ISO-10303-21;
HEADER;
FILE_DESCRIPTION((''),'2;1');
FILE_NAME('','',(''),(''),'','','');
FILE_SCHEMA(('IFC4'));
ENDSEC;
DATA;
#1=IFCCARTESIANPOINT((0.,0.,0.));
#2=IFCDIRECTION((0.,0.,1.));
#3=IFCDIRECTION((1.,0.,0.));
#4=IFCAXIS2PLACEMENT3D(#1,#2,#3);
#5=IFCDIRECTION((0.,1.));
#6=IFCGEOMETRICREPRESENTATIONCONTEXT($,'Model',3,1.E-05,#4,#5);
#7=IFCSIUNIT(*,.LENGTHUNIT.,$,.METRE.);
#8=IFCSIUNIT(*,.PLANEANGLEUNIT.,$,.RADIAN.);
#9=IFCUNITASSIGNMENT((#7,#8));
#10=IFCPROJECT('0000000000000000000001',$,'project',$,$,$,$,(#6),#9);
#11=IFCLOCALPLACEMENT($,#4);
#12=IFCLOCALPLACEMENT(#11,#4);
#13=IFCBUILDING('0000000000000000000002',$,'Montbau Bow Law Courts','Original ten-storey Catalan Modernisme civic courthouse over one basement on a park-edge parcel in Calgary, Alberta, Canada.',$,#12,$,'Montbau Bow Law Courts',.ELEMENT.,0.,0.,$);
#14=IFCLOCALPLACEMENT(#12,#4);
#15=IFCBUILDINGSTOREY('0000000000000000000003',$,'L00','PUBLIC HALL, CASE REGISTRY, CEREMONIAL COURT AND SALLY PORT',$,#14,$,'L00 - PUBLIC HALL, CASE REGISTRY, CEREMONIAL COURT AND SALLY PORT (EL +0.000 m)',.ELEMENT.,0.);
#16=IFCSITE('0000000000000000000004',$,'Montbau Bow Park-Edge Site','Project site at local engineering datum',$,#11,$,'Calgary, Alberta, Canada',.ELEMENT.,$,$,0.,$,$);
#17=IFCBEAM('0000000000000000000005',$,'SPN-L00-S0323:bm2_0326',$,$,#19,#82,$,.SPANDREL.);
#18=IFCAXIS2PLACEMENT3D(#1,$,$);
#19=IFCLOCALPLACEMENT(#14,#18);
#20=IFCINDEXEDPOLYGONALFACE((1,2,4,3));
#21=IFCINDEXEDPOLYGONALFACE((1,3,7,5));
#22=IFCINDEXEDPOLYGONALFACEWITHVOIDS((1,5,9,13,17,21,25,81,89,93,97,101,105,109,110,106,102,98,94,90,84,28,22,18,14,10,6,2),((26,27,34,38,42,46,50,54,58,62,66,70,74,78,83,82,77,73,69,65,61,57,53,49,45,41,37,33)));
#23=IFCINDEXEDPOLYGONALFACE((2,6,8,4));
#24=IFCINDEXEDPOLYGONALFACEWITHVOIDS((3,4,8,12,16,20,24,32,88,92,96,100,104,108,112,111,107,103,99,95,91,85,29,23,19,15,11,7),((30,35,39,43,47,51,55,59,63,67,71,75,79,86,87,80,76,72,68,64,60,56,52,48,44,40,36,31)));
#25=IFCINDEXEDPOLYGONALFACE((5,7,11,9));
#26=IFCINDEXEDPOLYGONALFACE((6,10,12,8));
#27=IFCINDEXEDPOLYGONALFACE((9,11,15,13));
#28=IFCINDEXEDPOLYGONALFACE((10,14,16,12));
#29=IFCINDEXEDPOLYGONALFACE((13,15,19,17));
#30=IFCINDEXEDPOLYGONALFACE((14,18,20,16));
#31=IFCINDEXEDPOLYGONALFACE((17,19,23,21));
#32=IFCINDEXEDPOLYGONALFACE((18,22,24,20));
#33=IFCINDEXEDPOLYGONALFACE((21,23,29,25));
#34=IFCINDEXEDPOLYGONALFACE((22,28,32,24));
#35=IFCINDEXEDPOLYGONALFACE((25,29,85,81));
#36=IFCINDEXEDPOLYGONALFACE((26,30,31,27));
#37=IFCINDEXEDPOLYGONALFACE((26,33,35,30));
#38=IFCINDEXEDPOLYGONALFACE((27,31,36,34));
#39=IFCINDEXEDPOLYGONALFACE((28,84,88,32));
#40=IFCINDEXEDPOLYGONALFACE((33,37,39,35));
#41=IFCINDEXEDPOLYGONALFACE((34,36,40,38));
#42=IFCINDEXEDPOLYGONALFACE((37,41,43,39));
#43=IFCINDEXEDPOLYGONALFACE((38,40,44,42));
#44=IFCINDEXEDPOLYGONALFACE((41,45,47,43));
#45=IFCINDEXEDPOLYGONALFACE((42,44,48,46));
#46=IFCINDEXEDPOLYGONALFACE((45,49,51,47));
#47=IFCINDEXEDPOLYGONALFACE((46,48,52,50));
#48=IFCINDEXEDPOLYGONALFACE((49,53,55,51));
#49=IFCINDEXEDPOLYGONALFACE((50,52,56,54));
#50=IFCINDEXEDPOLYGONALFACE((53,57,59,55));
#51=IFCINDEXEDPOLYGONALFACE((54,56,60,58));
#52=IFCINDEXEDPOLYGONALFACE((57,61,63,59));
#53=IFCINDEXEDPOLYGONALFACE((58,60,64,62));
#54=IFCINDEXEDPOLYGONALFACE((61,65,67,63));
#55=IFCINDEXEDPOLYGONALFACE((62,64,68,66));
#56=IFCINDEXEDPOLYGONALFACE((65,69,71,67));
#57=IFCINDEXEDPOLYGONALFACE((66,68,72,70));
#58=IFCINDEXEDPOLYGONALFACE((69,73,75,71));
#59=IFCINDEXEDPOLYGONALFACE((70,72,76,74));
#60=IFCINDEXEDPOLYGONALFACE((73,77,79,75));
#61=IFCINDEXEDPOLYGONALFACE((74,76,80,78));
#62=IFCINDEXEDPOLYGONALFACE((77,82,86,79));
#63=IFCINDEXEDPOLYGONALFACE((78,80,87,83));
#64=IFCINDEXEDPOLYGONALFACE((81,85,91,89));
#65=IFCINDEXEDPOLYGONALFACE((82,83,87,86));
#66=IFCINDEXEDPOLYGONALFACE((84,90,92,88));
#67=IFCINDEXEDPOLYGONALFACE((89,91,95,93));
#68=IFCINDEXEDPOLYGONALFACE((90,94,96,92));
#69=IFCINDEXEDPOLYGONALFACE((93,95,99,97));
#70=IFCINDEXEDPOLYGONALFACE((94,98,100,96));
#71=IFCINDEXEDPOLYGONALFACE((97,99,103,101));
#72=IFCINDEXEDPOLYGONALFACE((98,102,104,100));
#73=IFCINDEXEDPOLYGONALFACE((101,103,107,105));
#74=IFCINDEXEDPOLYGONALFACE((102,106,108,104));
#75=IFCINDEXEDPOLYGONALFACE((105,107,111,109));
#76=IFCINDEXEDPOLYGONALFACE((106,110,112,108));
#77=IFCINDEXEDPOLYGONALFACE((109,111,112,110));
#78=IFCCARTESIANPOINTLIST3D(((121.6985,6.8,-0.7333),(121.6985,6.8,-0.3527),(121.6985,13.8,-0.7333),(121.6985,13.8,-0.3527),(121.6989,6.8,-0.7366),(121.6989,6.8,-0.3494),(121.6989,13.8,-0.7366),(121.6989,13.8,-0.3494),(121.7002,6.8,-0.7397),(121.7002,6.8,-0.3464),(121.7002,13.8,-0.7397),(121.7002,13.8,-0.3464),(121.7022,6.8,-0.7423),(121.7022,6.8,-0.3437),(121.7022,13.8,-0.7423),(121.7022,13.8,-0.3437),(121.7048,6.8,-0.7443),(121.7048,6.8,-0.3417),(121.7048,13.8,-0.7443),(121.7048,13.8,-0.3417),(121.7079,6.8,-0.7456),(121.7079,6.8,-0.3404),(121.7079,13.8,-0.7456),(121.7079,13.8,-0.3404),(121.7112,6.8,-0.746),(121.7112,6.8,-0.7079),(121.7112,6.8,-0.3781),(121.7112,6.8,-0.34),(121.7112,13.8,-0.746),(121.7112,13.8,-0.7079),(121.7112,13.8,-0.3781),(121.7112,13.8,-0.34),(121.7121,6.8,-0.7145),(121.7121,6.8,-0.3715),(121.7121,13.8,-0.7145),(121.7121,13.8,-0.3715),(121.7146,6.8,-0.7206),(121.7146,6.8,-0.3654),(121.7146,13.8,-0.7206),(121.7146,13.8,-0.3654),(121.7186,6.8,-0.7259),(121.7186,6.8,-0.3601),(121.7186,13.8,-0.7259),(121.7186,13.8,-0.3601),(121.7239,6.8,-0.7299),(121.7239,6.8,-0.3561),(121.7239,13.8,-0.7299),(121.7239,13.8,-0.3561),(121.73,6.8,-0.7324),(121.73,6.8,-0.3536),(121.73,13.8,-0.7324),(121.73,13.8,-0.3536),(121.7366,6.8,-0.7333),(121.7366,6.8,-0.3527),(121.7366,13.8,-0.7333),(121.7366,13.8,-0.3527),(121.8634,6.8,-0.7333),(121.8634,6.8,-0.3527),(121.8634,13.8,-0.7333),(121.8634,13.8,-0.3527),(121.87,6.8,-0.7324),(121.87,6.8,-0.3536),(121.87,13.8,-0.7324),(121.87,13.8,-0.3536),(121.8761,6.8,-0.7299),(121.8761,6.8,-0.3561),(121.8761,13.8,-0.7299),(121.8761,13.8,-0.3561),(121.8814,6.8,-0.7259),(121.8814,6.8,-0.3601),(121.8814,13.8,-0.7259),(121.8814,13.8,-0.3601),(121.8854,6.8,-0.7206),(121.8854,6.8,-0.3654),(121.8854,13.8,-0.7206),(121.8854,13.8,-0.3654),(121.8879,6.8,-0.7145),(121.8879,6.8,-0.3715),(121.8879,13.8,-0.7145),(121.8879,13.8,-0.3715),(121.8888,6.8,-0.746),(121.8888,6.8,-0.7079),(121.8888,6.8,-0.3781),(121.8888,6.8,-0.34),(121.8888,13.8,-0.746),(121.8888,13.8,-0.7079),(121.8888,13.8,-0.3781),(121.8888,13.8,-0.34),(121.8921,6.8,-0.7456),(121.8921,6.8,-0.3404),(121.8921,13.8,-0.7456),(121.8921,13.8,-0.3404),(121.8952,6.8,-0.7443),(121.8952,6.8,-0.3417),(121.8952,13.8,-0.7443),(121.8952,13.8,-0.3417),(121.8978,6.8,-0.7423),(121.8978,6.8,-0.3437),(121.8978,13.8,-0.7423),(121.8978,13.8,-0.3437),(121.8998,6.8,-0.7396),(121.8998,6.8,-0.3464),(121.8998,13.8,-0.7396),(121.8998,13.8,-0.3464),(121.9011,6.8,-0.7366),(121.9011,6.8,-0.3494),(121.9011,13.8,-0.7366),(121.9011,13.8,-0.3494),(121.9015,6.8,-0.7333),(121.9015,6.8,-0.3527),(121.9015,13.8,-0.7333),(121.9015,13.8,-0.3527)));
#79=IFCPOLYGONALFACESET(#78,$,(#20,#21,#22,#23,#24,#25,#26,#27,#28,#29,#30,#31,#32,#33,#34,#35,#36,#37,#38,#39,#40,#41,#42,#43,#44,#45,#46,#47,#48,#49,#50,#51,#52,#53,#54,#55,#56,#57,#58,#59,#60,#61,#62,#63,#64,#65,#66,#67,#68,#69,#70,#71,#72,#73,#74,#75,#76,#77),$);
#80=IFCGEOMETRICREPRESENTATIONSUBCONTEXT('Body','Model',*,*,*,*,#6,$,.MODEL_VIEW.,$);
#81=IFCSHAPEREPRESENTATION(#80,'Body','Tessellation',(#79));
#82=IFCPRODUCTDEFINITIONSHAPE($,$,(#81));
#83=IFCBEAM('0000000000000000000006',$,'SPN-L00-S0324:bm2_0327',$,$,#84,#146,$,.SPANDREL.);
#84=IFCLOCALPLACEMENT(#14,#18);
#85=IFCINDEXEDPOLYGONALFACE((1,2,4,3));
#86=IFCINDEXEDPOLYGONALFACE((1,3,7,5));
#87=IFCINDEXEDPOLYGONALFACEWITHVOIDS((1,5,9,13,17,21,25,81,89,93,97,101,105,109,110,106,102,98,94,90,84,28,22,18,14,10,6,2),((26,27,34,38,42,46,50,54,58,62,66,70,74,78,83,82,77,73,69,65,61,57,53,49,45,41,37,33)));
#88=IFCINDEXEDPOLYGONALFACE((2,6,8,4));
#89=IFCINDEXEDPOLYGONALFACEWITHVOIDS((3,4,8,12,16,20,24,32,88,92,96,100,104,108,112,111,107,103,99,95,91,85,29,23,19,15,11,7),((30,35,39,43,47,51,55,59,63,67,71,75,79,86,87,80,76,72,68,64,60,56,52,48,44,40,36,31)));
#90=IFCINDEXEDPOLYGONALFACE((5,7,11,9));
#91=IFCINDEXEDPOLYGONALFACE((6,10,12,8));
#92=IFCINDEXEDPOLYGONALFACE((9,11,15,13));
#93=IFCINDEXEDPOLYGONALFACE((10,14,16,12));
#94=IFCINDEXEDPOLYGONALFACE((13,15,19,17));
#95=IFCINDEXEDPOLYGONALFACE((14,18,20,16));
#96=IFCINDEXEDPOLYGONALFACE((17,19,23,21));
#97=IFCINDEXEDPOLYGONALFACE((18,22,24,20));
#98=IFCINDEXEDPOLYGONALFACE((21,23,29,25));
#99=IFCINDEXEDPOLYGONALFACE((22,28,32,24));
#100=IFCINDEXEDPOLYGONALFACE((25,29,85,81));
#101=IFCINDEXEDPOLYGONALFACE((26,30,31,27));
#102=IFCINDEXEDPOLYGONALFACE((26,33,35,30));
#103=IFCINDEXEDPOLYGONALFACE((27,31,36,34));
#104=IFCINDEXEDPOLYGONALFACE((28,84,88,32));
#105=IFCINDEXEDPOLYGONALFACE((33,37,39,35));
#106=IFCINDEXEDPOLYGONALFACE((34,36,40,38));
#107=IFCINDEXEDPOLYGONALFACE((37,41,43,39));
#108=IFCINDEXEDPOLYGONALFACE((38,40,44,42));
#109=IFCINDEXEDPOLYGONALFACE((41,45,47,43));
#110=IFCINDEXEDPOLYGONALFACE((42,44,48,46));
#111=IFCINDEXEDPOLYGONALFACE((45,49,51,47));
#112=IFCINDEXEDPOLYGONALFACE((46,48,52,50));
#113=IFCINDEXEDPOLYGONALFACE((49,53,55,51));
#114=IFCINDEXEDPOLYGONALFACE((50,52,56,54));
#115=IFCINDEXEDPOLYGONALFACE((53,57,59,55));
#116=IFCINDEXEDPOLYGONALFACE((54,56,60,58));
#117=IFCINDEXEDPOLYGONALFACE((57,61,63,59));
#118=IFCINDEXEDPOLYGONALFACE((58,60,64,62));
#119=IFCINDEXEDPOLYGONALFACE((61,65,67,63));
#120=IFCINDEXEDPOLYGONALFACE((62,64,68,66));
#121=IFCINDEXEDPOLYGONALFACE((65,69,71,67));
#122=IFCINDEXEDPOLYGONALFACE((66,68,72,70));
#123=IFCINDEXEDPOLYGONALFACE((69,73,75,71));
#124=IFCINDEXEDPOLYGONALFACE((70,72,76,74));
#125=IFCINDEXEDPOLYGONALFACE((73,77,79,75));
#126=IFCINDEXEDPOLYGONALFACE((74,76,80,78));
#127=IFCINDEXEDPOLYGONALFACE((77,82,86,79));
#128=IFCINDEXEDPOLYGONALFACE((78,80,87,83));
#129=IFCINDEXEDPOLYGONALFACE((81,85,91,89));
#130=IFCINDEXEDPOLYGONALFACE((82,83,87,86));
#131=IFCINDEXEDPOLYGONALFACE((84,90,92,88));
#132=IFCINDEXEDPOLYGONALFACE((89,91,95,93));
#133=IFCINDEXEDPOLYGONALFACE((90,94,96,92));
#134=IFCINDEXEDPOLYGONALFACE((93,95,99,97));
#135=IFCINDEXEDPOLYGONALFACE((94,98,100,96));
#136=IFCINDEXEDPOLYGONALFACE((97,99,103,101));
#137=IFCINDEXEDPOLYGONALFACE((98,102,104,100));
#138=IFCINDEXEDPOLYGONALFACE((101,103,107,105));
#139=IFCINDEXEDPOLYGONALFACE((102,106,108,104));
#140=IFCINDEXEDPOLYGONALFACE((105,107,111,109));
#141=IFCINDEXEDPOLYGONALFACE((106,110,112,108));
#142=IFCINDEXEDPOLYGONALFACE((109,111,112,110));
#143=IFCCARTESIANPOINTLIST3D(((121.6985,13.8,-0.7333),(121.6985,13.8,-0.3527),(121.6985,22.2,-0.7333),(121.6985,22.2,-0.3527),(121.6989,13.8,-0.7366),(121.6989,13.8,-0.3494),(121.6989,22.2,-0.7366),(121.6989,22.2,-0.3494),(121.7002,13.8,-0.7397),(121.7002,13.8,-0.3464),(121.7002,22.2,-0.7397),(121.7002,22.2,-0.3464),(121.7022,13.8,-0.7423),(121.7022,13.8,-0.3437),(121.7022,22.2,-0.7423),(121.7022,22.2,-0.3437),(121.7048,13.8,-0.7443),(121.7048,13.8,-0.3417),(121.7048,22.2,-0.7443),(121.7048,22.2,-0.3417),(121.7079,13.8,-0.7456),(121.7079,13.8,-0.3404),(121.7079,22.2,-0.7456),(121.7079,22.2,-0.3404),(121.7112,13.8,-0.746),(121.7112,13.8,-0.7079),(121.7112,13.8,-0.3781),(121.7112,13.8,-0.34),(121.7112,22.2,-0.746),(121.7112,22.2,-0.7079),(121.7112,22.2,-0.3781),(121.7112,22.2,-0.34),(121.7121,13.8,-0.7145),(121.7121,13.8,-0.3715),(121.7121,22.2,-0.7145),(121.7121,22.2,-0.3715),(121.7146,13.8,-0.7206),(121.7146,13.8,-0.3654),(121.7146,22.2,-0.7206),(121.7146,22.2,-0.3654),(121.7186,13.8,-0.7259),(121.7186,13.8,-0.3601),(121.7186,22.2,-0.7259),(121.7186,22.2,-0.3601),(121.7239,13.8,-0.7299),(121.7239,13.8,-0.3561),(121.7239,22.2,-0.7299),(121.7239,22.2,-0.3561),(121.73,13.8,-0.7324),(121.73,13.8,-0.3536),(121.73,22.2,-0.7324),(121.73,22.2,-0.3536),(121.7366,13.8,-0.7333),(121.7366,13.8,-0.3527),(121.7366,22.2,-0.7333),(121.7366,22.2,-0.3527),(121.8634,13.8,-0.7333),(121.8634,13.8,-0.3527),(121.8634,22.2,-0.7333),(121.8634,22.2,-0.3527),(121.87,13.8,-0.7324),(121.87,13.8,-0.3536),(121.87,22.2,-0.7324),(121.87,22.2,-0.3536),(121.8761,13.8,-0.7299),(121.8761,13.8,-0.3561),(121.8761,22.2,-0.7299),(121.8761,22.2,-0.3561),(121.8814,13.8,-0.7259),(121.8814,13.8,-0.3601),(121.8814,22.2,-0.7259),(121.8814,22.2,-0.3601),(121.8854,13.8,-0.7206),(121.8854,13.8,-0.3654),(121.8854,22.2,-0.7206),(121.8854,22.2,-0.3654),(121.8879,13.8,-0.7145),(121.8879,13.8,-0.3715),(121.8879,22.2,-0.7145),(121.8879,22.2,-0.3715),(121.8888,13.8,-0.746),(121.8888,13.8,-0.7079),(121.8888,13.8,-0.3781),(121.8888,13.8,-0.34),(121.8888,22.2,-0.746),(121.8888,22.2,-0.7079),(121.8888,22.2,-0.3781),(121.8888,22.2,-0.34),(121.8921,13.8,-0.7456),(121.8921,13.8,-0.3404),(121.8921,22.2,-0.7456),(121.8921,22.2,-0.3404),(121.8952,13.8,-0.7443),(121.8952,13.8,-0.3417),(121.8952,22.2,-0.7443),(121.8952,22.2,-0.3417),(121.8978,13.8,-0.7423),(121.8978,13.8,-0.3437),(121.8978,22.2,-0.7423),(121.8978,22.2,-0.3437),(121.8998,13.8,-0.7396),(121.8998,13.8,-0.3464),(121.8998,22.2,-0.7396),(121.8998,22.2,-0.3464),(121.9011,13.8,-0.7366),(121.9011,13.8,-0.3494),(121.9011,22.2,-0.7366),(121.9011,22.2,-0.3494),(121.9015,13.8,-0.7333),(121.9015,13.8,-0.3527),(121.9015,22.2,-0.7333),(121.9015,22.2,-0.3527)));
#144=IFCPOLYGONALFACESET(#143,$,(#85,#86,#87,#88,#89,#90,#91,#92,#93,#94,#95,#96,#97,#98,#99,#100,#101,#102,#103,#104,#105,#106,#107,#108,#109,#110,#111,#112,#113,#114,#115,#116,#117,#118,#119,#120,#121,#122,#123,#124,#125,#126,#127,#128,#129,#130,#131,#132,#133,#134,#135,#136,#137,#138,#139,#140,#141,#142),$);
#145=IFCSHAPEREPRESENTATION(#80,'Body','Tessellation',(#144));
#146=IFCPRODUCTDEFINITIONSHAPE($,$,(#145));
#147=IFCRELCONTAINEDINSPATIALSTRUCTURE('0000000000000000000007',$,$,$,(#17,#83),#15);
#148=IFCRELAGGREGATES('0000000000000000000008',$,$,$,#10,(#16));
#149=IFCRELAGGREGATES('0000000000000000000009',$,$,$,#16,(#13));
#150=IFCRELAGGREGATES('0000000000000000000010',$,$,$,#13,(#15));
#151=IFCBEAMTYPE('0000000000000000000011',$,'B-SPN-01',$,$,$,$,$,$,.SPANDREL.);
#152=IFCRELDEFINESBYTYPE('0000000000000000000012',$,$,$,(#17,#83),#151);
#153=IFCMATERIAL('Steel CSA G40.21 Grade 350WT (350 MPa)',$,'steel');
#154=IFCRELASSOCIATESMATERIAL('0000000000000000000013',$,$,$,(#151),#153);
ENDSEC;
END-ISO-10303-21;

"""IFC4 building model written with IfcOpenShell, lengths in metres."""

from ifc_helpers import new_model, si_unit, direction, frame, origin_with_axes, origin_2d_with_axis, place, context, subcontext, project, spatial, hollow_rectangle, extrude, material, material_profile, profile_set, type_object, element, save


model = new_model("IFC4")

# Units and contexts
model_context = context("Model", 3, precision=1e-05, world=origin_with_axes(), true_north=direction((0.0, 1.0)))
body_context = subcontext(model_context, "Body", "Model", "MODEL_VIEW")
ifc_project = project(units=[si_unit("LENGTHUNIT", "METRE"), si_unit("PLANEANGLEUNIT", "RADIAN")], contexts=[model_context])

# Site, building, storey
site_placement = place(None, origin_with_axes())
site = spatial("IfcSite", under=ifc_project, at=site_placement, Name="Montbau Bow Park-Edge Site", Description="Project site at local engineering datum", LongName="Calgary, Alberta, Canada", CompositionType="ELEMENT", RefElevation=0.0)
building_placement = place(site_placement, origin_with_axes())
building = spatial("IfcBuilding", under=site, at=building_placement, Name="Montbau Bow Law Courts", Description="Original ten-storey Catalan Modernisme civic courthouse over one basement on a park-edge parcel in Calgary, Alberta, Canada.", LongName="Montbau Bow Law Courts", CompositionType="ELEMENT", ElevationOfRefHeight=0.0, ElevationOfTerrain=0.0)
storey_placement = place(building_placement, origin_with_axes())
storey = spatial("IfcBuildingStorey", under=building, at=storey_placement, Name="L00", Description="PUBLIC HALL, CASE REGISTRY, CEREMONIAL COURT AND SALLY PORT", LongName="L00 - PUBLIC HALL, CASE REGISTRY, CEREMONIAL COURT AND SALLY PORT (EL +0.000 m)", CompositionType="ELEMENT", Elevation=0.0)

# Beams
ifc_material_1 = material(Name="Steel CSA G40.21 Grade 350WT (350 MPa)", Category="steel")
ifc_material_profile_1 = material_profile(ifc_material_1, hollow_rectangle(XDim=0.203, YDim=0.406, WallThickness=0.0127, InnerFilletRadius=0.0254, OuterFilletRadius=0.0127, at=origin_2d_with_axis()), Name="HSS406X203X13", Category="Main", Priority=0)
ifc_profile_set_1 = profile_set([ifc_material_profile_1], Name="Steel CSA G40.21 Grade 350WT (350 MPa)")
beam_type_1 = type_object("IfcBeamType", Name="B-SPN-01", PredefinedType="SPANDREL", material=ifc_profile_set_1)
beam_1_placement = place(None, frame((121.8, 6.8, -0.543), z_axis=(0.0, 1.0, 0.0), x_axis=(-1.0, 0.0, 0.0)))
element("IfcBeam", 1, at=beam_1_placement, inside=storey, type_object=beam_type_1, Name="SPN-L00-S0323:bm2_0326", PredefinedType="SPANDREL", context=body_context, shape_type="SweptSolid", body=[
    extrude(hollow_rectangle(XDim=0.203, YDim=0.406, WallThickness=0.0127, InnerFilletRadius=0.0254, OuterFilletRadius=0.0127, at=origin_2d_with_axis()), origin_with_axes(), (0.0, 0.0, 1.0), 7.0),
])
beam_2_placement = place(None, frame((121.8, 13.8, -0.543), z_axis=(0.0, 1.0, 0.0), x_axis=(-1.0, 0.0, 0.0)))
element("IfcBeam", 2, at=beam_2_placement, inside=storey, type_object=beam_type_1, Name="SPN-L00-S0324:bm2_0327", PredefinedType="SPANDREL", context=body_context, shape_type="SweptSolid", body=[
    extrude(hollow_rectangle(XDim=0.203, YDim=0.406, WallThickness=0.0127, InnerFilletRadius=0.0254, OuterFilletRadius=0.0127, at=origin_2d_with_axis()), origin_with_axes(), (0.0, 0.0, 1.0), 8.4),
])

save(model, "model.ifc")
